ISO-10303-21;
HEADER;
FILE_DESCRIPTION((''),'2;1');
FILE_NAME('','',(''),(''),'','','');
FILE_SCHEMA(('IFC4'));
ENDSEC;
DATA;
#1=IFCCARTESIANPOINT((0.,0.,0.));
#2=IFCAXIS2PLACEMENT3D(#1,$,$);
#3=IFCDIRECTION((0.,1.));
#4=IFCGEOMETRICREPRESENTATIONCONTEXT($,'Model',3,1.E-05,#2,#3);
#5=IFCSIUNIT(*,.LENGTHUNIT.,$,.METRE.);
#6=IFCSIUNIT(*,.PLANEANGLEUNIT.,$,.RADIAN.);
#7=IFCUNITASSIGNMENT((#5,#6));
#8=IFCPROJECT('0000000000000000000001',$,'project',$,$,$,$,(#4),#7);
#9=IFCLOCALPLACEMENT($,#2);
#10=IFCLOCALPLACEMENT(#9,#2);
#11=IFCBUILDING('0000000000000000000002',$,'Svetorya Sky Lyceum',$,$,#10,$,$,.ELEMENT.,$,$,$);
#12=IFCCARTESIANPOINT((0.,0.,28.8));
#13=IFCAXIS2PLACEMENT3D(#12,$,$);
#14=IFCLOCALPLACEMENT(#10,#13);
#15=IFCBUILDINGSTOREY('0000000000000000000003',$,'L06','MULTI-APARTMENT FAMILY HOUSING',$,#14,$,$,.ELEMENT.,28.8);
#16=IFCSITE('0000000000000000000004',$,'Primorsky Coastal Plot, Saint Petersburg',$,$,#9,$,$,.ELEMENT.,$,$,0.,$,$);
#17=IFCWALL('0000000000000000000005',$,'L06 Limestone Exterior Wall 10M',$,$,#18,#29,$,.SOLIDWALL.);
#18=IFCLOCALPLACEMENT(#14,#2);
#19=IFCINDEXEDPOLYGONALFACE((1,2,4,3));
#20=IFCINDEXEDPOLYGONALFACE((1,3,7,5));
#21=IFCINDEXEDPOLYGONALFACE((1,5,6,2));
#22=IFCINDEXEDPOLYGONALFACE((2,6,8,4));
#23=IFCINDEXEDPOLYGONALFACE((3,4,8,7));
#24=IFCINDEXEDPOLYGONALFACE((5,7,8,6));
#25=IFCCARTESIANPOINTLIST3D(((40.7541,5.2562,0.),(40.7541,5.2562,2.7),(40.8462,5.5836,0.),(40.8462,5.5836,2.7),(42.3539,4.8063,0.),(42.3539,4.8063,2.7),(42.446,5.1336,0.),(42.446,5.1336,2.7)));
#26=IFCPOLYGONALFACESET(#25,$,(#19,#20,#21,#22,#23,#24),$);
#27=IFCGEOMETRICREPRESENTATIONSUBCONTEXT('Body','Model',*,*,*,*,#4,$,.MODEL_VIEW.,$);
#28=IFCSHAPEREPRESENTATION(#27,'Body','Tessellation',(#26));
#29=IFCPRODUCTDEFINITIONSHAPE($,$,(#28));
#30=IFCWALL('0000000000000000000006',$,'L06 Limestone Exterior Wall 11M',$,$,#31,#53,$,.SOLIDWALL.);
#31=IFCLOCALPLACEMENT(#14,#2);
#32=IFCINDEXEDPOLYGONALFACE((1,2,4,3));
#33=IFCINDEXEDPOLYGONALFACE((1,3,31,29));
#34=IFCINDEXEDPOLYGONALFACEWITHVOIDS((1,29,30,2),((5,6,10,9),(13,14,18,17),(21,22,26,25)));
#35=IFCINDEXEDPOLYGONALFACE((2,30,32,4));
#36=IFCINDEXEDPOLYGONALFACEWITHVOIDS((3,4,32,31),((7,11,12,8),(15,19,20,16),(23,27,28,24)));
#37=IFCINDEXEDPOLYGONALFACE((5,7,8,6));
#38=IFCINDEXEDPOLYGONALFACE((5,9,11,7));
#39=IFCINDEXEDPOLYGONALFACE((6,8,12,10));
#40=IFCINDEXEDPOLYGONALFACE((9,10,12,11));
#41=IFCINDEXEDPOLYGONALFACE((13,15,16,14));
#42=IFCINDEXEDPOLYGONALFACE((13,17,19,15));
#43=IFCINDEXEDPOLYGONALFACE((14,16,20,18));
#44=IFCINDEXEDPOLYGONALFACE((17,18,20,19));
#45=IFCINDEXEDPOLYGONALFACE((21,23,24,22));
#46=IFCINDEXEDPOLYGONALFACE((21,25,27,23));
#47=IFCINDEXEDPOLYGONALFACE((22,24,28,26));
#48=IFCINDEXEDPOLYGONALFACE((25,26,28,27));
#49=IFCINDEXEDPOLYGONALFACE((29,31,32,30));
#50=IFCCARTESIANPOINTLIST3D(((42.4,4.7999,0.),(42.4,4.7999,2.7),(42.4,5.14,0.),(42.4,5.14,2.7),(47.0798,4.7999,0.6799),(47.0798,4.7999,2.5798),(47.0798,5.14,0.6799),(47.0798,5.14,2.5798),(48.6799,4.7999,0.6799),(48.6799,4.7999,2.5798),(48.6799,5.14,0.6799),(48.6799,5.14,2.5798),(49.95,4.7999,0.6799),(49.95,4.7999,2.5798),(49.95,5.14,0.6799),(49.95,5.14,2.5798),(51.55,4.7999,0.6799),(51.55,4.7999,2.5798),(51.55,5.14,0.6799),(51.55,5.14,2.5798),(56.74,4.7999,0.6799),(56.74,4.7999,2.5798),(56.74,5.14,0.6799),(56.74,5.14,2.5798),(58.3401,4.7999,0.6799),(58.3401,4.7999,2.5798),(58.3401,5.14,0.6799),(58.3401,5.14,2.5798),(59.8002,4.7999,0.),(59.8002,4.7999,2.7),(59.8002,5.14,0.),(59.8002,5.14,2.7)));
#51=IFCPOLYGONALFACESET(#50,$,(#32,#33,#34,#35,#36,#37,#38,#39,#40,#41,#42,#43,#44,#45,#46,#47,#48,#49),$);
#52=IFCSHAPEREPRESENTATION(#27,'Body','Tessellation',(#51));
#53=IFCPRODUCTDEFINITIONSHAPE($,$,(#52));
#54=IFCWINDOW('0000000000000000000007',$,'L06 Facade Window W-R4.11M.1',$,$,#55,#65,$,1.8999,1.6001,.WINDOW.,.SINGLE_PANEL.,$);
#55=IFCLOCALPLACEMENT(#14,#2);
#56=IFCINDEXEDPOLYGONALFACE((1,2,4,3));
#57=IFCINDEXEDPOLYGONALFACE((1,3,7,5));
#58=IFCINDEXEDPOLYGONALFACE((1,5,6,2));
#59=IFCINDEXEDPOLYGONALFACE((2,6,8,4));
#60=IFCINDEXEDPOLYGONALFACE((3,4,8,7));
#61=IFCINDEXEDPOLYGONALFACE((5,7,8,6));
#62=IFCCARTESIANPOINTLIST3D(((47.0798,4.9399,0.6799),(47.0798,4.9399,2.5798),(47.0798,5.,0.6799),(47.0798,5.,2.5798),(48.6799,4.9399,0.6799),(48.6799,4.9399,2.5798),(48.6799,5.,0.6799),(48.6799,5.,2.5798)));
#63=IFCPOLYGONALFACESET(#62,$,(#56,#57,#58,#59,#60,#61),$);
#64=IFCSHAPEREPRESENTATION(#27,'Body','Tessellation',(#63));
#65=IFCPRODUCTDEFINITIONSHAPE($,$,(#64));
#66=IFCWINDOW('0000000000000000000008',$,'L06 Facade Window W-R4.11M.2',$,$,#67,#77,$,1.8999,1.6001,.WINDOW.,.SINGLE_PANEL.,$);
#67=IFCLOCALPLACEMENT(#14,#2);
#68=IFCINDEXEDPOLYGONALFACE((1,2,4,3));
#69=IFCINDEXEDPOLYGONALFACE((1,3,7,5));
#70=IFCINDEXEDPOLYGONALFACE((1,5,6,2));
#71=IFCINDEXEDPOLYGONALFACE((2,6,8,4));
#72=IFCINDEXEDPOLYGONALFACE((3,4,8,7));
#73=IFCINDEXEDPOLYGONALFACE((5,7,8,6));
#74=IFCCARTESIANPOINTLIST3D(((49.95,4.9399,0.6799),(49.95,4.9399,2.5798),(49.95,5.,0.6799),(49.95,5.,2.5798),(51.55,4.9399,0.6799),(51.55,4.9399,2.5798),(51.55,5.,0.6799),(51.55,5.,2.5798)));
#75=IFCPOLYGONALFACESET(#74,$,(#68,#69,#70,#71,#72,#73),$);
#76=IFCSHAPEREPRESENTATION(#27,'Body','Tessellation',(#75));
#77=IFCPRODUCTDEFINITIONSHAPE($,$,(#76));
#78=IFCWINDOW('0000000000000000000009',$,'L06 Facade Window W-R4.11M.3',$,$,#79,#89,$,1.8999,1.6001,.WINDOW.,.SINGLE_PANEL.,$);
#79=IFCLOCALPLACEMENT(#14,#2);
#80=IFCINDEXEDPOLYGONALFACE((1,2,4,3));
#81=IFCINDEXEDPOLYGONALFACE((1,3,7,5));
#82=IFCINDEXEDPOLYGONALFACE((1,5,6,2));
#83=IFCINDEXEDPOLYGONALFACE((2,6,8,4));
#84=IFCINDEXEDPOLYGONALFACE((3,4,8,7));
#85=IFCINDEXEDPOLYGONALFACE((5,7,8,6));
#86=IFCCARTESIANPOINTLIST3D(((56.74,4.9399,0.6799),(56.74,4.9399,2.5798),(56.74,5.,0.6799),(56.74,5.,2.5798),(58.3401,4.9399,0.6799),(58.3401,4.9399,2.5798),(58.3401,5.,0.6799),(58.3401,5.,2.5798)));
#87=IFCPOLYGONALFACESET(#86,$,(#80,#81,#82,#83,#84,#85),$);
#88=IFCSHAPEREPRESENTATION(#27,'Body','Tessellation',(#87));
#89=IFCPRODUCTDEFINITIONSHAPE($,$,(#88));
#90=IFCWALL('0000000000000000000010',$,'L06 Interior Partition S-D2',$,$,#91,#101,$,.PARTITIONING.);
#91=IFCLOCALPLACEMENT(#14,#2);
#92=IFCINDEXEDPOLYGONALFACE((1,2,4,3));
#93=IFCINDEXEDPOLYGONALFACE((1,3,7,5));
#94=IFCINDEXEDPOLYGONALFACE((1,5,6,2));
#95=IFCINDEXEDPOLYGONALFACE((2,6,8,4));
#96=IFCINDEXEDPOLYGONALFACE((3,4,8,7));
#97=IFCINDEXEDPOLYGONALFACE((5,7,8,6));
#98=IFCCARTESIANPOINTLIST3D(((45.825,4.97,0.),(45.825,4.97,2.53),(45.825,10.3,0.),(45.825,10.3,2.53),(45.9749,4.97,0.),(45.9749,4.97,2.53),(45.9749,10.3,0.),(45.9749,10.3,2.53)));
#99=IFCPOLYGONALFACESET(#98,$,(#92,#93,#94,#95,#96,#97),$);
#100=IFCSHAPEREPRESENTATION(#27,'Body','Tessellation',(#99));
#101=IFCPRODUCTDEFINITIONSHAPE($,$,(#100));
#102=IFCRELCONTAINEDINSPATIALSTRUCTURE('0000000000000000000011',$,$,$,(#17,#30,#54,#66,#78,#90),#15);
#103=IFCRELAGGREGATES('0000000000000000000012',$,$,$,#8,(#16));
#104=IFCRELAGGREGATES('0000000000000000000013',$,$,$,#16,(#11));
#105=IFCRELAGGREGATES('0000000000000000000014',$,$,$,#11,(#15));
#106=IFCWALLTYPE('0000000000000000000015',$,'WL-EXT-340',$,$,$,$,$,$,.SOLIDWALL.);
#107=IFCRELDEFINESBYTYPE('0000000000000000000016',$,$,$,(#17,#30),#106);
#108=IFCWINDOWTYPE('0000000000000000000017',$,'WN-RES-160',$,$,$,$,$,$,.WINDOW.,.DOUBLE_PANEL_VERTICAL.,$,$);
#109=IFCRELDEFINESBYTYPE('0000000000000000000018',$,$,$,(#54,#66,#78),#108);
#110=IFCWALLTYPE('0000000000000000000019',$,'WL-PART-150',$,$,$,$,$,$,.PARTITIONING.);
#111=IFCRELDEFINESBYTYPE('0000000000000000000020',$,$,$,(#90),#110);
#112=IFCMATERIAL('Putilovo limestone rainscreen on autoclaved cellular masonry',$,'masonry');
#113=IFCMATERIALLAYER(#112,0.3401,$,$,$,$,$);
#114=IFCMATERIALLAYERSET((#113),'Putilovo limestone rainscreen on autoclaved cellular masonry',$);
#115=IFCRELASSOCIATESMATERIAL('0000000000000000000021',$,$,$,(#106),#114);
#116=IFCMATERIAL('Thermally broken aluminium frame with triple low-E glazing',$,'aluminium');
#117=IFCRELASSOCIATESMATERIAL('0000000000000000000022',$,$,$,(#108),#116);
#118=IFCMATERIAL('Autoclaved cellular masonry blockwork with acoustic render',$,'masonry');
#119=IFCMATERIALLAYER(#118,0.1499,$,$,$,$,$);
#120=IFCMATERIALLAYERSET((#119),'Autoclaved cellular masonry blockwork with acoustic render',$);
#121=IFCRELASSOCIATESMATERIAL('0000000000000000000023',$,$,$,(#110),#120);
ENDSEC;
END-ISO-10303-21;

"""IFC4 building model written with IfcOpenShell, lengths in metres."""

from ifc_helpers import new_model, si_unit, direction, frame, frame_2d, origin, place, context, subcontext, project, spatial, rectangle, extrude, material, layer, layer_set, type_object, element, fill, save


model = new_model("IFC4")

# Units and contexts
model_context = context("Model", 3, precision=1e-05, world=origin(), true_north=direction((0.0, 1.0)))
body_context = subcontext(model_context, "Body", "Model", "MODEL_VIEW")
ifc_project = project(units=[si_unit("LENGTHUNIT", "METRE"), si_unit("PLANEANGLEUNIT", "RADIAN")], contexts=[model_context])

# Site, building, storey
site_placement = place(None, origin())
site = spatial("IfcSite", under=ifc_project, at=site_placement, Name="Primorsky Coastal Plot, Saint Petersburg", CompositionType="ELEMENT", RefElevation=0.0)
building_placement = place(site_placement, origin())
building = spatial("IfcBuilding", under=site, at=building_placement, Name="Svetorya Sky Lyceum", CompositionType="ELEMENT")
storey_placement = place(building_placement, frame((0.0, 0.0, 28.8)))
storey = spatial("IfcBuildingStorey", under=building, at=storey_placement, Name="L06", Description="MULTI-APARTMENT FAMILY HOUSING", CompositionType="ELEMENT", Elevation=28.8)

# Wall
ifc_material_1 = material(Name="Putilovo limestone rainscreen on autoclaved cellular masonry", Category="masonry")
ifc_layer_1 = layer(ifc_material_1, 0.3401)
ifc_layer_set_1 = layer_set([ifc_layer_1], Name="Putilovo limestone rainscreen on autoclaved cellular masonry")
wall_type_1 = type_object("IfcWallType", Name="WL-EXT-340", PredefinedType="SOLIDWALL", material=ifc_layer_set_1)
wall_1_placement = place(storey_placement, frame((40.8, 5.4199, 0.0), z_axis=(0.0, 0.0, 1.0), x_axis=(0.962652, -0.270741, 0.0)))
element("IfcWall", 1, at=wall_1_placement, inside=storey, type_object=wall_type_1, Name="L06 Limestone Exterior Wall 10M", PredefinedType="SOLIDWALL", context=body_context, shape_type="SweptSolid", body=[
    extrude(rectangle(XDim=1.6619, YDim=0.3401, at=frame_2d((0.8311, 0.0))), origin(), (0.0, 0.0, 1.0), 2.7),
])

# Wall, openings, windows
wall_2_placement = place(storey_placement, frame((42.3999, 4.97, 0.0), z_axis=(0.0, 0.0, 1.0), x_axis=(1.0, 0.0, 0.0)))
wall_2 = element("IfcWall", 2, at=wall_2_placement, inside=storey, type_object=wall_type_1, Name="L06 Limestone Exterior Wall 11M", PredefinedType="SOLIDWALL", context=body_context, shape_type="SweptSolid", body=[
    extrude(rectangle(XDim=17.4001, YDim=0.3401, at=frame_2d((8.7002, 0.0))), origin(), (0.0, 0.0, 1.0), 2.7),
])
opening_1_placement = place(wall_2_placement, frame((4.6799, 0.0, 0.6799)))
opening_1 = element("IfcOpeningElement", 3, at=opening_1_placement, cuts=wall_2, PredefinedType="OPENING", context=body_context, shape_type="SweptSolid", body=[
    extrude(rectangle(XDim=1.6001, YDim=1.8999, at=frame_2d((0.8, 0.95))), frame((0.0, 0.1799, 0.0), z_axis=(0.0, -1.0, 0.0), x_axis=(1.0, 0.0, 0.0)), (0.0, 0.0, 1.0), 0.3601),
])
opening_2_placement = place(wall_2_placement, frame((7.55, 0.0, 0.6799)))
opening_2 = element("IfcOpeningElement", 4, at=opening_2_placement, cuts=wall_2, PredefinedType="OPENING", context=body_context, shape_type="SweptSolid", body=[
    extrude(rectangle(XDim=1.6001, YDim=1.8999, at=frame_2d((0.8, 0.95))), frame((0.0, 0.1799, 0.0), z_axis=(0.0, -1.0, 0.0), x_axis=(1.0, 0.0, 0.0)), (0.0, 0.0, 1.0), 0.3601),
])
opening_3_placement = place(wall_2_placement, frame((14.3401, 0.0, 0.6799)))
opening_3 = element("IfcOpeningElement", 5, at=opening_3_placement, cuts=wall_2, PredefinedType="OPENING", context=body_context, shape_type="SweptSolid", body=[
    extrude(rectangle(XDim=1.6001, YDim=1.8999, at=frame_2d((0.8, 0.95))), frame((0.0, 0.1799, 0.0), z_axis=(0.0, -1.0, 0.0), x_axis=(1.0, 0.0, 0.0)), (0.0, 0.0, 1.0), 0.3601),
])
ifc_material_2 = material(Name="Thermally broken aluminium frame with triple low-E glazing", Category="aluminium")
window_type = type_object("IfcWindowType", Name="WN-RES-160", PartitioningType="DOUBLE_PANEL_VERTICAL", PredefinedType="WINDOW", material=ifc_material_2)
window_1_placement = place(opening_1_placement, origin())
window_1 = element("IfcWindow", 6, at=window_1_placement, inside=storey, type_object=window_type, Name="L06 Facade Window W-R4.11M.1", OverallHeight=1.8999, OverallWidth=1.6001, PartitioningType="SINGLE_PANEL", PredefinedType="WINDOW", context=body_context, shape_type="SweptSolid", body=[
    extrude(rectangle(XDim=1.6001, YDim=1.8999, at=frame_2d((0.8, 0.95))), frame((0.0, 0.03, 0.0), z_axis=(0.0, -1.0, 0.0), x_axis=(1.0, 0.0, 0.0)), (0.0, 0.0, 1.0), 0.0601),
])
fill(opening_1, window_1)
window_2_placement = place(opening_2_placement, origin())
window_2 = element("IfcWindow", 7, at=window_2_placement, inside=storey, type_object=window_type, Name="L06 Facade Window W-R4.11M.2", OverallHeight=1.8999, OverallWidth=1.6001, PartitioningType="SINGLE_PANEL", PredefinedType="WINDOW", context=body_context, shape_type="SweptSolid", body=[
    extrude(rectangle(XDim=1.6001, YDim=1.8999, at=frame_2d((0.8, 0.95))), frame((0.0, 0.03, 0.0), z_axis=(0.0, -1.0, 0.0), x_axis=(1.0, 0.0, 0.0)), (0.0, 0.0, 1.0), 0.0601),
])
fill(opening_2, window_2)
window_3_placement = place(opening_3_placement, origin())
window_3 = element("IfcWindow", 8, at=window_3_placement, inside=storey, type_object=window_type, Name="L06 Facade Window W-R4.11M.3", OverallHeight=1.8999, OverallWidth=1.6001, PartitioningType="SINGLE_PANEL", PredefinedType="WINDOW", context=body_context, shape_type="SweptSolid", body=[
    extrude(rectangle(XDim=1.6001, YDim=1.8999, at=frame_2d((0.8, 0.95))), frame((0.0, 0.03, 0.0), z_axis=(0.0, -1.0, 0.0), x_axis=(1.0, 0.0, 0.0)), (0.0, 0.0, 1.0), 0.0601),
])
fill(opening_3, window_3)

# Wall
ifc_material_3 = material(Name="Autoclaved cellular masonry blockwork with acoustic render", Category="masonry")
ifc_layer_2 = layer(ifc_material_3, 0.1499)
ifc_layer_set_2 = layer_set([ifc_layer_2], Name="Autoclaved cellular masonry blockwork with acoustic render")
wall_type_2 = type_object("IfcWallType", Name="WL-PART-150", PredefinedType="PARTITIONING", material=ifc_layer_set_2)
wall_3_placement = place(storey_placement, frame((45.8999, 4.97, 0.0), z_axis=(0.0, 0.0, 1.0), x_axis=(0.0, 1.0, 0.0)))
element("IfcWall", 9, at=wall_3_placement, inside=storey, type_object=wall_type_2, Name="L06 Interior Partition S-D2", PredefinedType="PARTITIONING", context=body_context, shape_type="SweptSolid", body=[
    extrude(rectangle(XDim=5.3301, YDim=0.1499, at=frame_2d((2.665, 0.0))), origin(), (0.0, 0.0, 1.0), 2.53),
])

save(model, "model.ifc")
